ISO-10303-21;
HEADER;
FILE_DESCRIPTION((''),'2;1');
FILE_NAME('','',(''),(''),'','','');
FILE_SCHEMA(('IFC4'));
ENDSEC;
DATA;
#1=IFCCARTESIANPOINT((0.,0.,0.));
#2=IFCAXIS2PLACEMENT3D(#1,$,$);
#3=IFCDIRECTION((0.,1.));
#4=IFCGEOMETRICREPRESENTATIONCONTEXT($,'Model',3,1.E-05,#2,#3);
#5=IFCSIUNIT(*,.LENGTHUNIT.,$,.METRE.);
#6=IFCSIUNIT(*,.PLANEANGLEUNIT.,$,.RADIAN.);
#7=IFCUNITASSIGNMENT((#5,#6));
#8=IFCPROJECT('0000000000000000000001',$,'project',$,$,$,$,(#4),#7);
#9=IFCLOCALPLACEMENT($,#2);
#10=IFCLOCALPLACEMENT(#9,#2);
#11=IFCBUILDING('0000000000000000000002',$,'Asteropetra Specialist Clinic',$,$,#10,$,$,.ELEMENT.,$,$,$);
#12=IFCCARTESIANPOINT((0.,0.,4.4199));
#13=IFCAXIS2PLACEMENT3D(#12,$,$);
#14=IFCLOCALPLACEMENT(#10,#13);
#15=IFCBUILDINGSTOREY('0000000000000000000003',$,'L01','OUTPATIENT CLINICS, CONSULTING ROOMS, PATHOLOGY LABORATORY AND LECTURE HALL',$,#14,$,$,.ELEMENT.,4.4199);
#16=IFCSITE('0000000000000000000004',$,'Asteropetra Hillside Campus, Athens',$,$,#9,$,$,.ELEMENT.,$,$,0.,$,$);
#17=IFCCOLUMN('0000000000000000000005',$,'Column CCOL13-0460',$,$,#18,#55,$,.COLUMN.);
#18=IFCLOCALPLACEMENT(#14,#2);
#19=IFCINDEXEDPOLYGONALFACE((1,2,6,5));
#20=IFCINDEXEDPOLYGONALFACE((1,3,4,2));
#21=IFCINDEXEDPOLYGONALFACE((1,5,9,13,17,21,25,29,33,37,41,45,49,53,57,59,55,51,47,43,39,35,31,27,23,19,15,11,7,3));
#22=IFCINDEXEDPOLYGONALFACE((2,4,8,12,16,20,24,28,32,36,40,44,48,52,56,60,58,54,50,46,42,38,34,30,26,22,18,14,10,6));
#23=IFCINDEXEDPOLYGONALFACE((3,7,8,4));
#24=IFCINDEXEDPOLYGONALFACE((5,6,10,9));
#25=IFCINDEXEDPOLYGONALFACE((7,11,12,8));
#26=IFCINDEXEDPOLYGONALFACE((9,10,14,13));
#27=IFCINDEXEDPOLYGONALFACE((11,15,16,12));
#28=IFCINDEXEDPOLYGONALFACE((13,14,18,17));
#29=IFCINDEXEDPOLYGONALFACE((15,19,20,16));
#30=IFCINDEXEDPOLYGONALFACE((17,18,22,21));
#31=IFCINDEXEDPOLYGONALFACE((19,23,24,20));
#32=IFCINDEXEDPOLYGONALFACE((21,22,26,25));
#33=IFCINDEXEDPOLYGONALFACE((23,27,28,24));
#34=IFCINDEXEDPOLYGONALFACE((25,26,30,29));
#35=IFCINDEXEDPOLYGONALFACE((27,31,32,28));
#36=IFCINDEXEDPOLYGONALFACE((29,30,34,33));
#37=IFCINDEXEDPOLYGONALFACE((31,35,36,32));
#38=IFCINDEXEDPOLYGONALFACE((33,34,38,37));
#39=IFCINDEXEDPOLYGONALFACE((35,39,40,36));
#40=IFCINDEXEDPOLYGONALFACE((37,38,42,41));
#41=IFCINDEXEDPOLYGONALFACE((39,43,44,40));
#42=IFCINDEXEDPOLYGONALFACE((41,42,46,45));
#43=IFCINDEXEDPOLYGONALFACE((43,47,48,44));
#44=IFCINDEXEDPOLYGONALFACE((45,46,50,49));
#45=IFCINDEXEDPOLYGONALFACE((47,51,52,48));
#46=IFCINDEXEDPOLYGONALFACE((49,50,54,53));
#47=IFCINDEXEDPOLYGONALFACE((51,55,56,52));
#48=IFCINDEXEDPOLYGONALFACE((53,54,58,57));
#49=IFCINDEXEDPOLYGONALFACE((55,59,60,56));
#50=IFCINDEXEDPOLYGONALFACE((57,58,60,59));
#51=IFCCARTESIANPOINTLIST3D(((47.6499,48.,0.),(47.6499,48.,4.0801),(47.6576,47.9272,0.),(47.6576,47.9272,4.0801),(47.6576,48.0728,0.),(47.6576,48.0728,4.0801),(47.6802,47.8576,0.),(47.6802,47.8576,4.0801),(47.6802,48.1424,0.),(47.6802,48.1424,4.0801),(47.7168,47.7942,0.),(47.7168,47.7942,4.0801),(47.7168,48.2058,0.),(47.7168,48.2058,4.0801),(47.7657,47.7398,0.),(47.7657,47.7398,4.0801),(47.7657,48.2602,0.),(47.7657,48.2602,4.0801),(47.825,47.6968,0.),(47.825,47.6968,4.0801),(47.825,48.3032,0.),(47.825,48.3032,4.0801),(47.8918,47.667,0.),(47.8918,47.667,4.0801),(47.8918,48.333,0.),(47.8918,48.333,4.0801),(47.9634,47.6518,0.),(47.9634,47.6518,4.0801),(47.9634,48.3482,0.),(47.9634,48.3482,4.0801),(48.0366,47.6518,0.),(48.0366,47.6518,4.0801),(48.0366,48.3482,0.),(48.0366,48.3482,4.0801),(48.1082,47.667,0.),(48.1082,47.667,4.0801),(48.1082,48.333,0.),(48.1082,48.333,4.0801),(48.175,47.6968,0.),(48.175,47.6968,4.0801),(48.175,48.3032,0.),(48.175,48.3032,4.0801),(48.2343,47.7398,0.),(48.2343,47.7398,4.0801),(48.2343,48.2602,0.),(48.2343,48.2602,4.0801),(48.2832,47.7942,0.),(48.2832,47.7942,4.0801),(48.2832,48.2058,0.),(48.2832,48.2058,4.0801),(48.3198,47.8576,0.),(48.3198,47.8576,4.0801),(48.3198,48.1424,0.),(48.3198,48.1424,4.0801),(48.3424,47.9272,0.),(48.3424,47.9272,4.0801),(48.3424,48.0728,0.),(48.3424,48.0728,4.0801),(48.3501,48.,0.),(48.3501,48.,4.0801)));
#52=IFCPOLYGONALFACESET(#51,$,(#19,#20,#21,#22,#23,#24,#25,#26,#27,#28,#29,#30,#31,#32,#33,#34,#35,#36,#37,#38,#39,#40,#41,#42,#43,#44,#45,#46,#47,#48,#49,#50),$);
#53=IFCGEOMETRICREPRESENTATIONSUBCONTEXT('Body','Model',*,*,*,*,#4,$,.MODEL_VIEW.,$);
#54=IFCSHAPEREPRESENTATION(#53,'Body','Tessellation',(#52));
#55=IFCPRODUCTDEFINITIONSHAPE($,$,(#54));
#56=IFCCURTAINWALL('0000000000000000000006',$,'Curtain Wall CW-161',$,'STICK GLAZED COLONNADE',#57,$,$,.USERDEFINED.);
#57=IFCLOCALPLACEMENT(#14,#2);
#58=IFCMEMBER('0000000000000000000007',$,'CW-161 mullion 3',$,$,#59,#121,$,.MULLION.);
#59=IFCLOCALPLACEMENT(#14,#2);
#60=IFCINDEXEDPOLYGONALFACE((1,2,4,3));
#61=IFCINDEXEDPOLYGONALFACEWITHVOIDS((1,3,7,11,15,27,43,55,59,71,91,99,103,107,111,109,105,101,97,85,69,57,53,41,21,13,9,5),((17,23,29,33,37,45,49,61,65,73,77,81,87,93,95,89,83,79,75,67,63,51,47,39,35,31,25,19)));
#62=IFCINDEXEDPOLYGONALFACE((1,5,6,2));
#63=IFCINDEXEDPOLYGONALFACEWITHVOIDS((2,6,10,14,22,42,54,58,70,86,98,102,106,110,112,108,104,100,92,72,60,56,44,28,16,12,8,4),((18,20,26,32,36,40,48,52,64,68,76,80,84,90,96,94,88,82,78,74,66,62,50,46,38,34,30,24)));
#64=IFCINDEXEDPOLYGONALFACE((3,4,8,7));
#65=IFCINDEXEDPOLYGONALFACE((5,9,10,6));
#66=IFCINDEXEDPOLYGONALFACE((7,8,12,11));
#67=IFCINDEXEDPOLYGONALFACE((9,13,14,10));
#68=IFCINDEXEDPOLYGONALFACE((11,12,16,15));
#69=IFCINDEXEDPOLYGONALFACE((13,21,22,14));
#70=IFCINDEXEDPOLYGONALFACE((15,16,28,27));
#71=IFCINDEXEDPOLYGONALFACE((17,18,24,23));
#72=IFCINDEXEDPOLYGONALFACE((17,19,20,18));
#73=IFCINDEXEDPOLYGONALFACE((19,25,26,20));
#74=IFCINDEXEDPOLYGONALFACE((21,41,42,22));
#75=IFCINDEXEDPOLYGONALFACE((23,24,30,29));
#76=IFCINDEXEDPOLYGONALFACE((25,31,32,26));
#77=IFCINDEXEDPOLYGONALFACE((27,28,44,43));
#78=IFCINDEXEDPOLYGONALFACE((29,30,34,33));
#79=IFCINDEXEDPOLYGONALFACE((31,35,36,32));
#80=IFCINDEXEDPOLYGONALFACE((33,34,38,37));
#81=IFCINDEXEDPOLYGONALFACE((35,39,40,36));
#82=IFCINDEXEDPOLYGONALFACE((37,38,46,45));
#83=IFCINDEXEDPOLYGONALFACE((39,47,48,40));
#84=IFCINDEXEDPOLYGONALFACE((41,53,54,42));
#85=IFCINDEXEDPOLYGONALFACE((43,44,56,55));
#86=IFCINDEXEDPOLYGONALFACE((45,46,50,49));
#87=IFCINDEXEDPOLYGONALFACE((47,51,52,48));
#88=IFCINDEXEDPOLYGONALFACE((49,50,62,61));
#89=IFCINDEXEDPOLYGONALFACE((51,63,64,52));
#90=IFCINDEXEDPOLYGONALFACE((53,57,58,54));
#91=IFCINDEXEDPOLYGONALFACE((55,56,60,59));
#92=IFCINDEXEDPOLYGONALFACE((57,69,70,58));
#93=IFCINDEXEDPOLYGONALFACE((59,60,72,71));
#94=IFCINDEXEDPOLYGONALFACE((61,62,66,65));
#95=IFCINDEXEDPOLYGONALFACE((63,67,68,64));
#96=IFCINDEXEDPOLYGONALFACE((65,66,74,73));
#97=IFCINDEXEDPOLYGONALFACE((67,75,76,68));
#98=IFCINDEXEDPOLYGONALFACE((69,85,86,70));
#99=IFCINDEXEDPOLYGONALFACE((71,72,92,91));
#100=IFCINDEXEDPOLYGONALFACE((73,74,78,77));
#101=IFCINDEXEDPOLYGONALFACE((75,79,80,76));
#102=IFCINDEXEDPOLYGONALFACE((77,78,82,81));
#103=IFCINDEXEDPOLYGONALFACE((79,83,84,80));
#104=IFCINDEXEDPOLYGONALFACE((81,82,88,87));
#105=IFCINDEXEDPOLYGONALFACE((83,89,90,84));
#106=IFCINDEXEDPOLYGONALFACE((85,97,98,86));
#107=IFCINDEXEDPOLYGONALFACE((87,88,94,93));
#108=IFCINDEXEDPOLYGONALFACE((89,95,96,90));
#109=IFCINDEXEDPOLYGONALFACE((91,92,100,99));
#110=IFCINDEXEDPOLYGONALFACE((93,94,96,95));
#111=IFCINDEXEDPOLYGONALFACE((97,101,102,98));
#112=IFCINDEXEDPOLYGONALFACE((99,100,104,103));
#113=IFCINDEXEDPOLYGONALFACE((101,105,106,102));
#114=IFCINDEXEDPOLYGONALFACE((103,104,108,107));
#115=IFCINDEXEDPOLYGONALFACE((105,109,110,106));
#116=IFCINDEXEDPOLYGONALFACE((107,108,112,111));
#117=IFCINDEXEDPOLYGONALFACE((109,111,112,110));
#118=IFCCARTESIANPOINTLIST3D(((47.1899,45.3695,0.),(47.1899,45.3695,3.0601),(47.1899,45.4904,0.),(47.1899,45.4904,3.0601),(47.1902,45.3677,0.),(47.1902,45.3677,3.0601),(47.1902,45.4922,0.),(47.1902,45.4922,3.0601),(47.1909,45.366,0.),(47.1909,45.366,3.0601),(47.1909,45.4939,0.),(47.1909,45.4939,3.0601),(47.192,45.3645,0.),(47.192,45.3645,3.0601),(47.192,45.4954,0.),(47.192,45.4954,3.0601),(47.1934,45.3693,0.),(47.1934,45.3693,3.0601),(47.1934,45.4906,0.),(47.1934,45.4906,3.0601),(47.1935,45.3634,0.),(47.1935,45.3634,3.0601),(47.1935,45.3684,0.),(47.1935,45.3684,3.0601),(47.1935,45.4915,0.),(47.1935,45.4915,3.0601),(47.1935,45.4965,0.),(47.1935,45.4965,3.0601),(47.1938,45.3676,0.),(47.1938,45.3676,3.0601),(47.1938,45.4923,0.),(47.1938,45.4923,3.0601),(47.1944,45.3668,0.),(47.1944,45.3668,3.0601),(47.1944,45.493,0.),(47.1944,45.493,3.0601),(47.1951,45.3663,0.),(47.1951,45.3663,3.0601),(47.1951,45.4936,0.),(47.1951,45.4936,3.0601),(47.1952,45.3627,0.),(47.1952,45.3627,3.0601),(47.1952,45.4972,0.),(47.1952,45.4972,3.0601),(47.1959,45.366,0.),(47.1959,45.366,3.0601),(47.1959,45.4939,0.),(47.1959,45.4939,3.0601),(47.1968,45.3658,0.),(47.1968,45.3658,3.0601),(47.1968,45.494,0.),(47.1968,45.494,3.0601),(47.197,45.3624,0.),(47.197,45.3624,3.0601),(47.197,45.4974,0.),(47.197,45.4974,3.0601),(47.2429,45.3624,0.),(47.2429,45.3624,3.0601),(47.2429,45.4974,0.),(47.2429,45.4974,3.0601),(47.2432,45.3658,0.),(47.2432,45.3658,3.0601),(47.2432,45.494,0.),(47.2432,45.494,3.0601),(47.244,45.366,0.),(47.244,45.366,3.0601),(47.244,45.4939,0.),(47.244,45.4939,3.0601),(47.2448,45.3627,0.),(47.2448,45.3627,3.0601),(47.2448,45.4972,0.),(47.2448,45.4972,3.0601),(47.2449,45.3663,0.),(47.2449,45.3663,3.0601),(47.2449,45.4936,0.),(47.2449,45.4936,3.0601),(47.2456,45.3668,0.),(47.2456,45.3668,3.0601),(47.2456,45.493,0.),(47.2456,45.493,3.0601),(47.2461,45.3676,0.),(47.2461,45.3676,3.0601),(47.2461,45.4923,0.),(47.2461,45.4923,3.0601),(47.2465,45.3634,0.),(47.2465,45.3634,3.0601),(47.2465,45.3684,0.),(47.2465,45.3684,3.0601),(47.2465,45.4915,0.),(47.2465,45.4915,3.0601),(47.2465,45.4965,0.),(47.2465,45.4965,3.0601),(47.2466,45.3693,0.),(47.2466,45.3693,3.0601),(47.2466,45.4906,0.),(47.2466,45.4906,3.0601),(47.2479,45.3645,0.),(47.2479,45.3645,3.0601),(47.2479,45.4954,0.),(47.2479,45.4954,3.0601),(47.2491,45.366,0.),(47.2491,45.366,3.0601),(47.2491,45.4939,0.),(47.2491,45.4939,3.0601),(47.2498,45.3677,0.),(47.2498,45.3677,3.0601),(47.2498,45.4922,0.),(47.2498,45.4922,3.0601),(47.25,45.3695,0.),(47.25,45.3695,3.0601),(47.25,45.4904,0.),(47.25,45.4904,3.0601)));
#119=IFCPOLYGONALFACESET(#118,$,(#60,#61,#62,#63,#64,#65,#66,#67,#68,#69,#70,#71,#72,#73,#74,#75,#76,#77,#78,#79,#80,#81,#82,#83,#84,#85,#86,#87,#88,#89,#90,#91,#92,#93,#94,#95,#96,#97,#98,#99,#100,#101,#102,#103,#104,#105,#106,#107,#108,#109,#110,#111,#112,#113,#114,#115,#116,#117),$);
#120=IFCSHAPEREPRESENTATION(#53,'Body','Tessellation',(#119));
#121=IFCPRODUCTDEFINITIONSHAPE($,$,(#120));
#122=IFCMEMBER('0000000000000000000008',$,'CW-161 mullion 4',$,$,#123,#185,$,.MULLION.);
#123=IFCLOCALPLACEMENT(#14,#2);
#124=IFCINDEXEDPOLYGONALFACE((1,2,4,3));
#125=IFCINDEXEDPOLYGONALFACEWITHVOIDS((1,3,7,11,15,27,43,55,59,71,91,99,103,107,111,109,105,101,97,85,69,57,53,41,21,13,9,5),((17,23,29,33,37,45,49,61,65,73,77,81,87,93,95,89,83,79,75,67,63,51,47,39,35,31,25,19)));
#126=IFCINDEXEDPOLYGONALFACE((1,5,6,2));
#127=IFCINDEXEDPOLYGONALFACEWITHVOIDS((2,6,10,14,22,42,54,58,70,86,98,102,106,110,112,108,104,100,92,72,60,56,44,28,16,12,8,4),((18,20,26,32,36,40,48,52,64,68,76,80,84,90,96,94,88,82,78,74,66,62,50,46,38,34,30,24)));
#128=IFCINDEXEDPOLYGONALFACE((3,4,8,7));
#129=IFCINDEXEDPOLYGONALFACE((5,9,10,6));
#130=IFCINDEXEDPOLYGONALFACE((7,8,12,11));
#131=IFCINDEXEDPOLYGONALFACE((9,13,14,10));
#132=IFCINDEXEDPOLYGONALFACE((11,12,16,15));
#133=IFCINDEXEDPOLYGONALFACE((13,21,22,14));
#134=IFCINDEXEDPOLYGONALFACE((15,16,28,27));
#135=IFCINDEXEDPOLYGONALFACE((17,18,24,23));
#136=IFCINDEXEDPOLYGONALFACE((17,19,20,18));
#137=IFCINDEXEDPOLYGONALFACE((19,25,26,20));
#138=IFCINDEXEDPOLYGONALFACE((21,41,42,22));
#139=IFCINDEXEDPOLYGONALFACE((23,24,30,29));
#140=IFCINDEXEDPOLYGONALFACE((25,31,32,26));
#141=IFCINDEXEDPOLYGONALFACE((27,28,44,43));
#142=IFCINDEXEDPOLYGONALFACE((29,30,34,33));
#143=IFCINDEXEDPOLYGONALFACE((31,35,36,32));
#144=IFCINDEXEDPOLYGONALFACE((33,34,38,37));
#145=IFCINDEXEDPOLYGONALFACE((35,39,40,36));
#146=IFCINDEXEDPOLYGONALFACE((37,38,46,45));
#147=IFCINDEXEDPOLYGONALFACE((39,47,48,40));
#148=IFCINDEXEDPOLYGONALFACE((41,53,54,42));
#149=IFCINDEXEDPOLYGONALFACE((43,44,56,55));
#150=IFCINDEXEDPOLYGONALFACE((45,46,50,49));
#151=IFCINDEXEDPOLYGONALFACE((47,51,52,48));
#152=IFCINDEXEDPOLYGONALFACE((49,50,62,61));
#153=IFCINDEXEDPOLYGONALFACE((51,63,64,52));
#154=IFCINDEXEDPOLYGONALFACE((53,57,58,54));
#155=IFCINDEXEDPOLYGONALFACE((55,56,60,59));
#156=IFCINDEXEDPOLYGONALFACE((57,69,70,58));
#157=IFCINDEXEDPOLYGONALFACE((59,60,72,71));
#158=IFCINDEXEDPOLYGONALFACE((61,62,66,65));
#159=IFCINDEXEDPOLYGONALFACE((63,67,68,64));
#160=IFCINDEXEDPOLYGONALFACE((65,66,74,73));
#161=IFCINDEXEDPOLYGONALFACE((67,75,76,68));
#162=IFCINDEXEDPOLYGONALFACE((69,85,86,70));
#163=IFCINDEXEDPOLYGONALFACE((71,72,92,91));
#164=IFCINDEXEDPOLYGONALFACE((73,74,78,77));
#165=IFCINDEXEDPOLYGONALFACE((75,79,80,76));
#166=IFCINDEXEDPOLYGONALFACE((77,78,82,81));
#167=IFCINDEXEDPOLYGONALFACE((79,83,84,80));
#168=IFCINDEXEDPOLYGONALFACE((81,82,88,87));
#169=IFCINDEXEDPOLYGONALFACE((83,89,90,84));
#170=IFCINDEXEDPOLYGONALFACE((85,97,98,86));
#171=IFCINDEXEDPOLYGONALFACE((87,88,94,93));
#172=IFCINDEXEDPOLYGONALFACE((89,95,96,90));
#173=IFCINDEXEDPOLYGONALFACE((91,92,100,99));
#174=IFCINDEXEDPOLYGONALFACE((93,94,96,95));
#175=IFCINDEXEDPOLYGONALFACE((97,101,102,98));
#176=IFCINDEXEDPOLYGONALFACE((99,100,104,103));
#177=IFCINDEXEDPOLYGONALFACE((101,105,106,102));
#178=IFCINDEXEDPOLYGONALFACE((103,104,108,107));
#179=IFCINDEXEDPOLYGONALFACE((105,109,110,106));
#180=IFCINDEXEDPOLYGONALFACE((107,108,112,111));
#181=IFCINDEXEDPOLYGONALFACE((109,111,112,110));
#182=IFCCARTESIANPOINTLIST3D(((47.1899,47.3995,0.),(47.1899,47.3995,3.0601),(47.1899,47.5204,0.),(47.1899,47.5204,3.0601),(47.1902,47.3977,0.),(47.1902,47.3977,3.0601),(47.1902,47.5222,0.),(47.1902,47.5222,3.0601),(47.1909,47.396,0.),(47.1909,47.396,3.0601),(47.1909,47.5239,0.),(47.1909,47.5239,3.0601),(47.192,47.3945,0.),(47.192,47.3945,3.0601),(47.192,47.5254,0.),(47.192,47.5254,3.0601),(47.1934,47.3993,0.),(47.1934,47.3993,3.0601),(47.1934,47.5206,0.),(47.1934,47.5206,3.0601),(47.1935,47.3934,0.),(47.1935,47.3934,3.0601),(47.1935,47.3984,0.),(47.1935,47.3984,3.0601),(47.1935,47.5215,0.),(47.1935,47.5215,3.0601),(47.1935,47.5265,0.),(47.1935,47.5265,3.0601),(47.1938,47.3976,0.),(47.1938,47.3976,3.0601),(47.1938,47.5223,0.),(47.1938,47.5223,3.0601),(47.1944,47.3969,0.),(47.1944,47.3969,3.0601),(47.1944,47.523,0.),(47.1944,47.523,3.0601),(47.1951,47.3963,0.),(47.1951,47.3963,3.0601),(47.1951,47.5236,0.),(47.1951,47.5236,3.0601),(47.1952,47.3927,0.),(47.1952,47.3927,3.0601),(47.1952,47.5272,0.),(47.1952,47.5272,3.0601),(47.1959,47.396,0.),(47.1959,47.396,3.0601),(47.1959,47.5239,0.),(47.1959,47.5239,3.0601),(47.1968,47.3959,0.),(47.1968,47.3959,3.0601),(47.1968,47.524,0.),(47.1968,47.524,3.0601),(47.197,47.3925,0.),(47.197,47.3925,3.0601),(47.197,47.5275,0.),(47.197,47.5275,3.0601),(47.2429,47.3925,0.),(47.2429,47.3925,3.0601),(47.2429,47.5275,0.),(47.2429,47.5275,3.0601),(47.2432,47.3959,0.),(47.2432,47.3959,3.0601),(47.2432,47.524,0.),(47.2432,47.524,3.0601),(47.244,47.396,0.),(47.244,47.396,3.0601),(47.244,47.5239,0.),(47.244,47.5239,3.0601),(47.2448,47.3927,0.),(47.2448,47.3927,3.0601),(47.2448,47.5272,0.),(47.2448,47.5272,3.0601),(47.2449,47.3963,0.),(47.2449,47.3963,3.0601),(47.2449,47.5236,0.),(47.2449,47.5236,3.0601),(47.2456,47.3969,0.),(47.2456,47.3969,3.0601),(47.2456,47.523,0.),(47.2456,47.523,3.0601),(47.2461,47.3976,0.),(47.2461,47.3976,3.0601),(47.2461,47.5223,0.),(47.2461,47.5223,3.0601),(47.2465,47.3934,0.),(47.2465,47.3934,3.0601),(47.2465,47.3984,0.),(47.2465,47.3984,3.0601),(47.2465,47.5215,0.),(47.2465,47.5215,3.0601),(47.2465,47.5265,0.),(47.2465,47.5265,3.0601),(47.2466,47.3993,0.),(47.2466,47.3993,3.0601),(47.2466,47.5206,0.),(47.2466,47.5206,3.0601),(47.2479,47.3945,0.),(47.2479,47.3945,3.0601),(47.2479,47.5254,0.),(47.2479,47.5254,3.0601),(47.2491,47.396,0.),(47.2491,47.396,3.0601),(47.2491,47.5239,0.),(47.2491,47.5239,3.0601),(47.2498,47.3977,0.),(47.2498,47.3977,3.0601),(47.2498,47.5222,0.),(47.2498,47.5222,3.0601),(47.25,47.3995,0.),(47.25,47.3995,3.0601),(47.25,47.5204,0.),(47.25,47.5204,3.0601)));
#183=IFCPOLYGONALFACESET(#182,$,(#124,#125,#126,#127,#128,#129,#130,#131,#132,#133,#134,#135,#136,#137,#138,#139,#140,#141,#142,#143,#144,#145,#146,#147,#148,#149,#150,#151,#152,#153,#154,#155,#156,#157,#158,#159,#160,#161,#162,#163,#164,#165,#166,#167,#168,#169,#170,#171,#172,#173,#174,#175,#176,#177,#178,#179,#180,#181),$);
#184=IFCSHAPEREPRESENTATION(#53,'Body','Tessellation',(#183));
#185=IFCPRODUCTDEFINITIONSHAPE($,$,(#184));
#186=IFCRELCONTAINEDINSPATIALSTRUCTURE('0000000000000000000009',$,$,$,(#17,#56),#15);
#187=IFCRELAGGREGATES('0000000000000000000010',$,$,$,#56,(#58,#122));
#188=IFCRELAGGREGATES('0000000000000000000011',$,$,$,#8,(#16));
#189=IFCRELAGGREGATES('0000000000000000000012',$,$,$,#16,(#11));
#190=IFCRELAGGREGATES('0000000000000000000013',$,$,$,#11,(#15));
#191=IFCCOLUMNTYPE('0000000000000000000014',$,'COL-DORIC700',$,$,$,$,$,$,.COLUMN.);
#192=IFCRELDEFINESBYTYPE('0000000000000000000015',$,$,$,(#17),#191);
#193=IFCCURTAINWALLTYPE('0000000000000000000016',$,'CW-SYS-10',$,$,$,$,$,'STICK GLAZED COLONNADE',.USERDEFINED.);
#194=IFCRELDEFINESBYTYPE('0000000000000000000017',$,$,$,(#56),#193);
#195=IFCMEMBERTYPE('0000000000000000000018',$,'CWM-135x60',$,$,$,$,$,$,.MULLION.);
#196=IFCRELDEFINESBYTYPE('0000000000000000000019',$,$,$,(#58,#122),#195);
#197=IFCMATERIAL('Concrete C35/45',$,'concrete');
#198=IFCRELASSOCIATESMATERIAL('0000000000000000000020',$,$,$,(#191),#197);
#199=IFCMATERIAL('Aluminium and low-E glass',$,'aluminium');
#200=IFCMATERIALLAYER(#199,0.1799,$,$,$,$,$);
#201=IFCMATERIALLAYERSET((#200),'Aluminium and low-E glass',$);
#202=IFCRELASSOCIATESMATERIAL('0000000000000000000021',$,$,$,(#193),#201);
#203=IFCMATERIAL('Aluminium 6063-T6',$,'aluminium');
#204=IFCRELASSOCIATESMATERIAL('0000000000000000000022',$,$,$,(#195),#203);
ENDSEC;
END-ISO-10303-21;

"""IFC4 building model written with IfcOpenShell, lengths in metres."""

from ifc_helpers import new_model, si_unit, direction, frame, origin, origin_2d, place, context, subcontext, project, spatial, hollow_rectangle, circle, extrude, material, layer, layer_set, material_profile, profile_set, type_object, element, aggregate, save


model = new_model("IFC4")

# Units and contexts
model_context = context("Model", 3, precision=1e-05, world=origin(), true_north=direction((0.0, 1.0)))
body_context = subcontext(model_context, "Body", "Model", "MODEL_VIEW")
ifc_project = project(units=[si_unit("LENGTHUNIT", "METRE"), si_unit("PLANEANGLEUNIT", "RADIAN")], contexts=[model_context])

# Site, building, storey
site_placement = place(None, origin())
site = spatial("IfcSite", under=ifc_project, at=site_placement, Name="Asteropetra Hillside Campus, Athens", CompositionType="ELEMENT", RefElevation=0.0)
building_placement = place(site_placement, origin())
building = spatial("IfcBuilding", under=site, at=building_placement, Name="Asteropetra Specialist Clinic", CompositionType="ELEMENT")
storey_placement = place(building_placement, frame((0.0, 0.0, 4.4199)))
storey = spatial("IfcBuildingStorey", under=building, at=storey_placement, Name="L01", Description="OUTPATIENT CLINICS, CONSULTING ROOMS, PATHOLOGY LABORATORY AND LECTURE HALL", CompositionType="ELEMENT", Elevation=4.4199)

# Column
ifc_material_1 = material(Name="Concrete C35/45", Category="concrete")
ifc_material_profile_1 = material_profile(ifc_material_1, circle(Radius=0.3501, at=origin_2d()), Name="RCC D700")
ifc_profile_set_1 = profile_set([ifc_material_profile_1], Name="Concrete C35/45")
column_type = type_object("IfcColumnType", Name="COL-DORIC700", PredefinedType="COLUMN", material=ifc_profile_set_1)
column_placement = place(storey_placement, frame((48.0, 48.0, 0.0), z_axis=(0.0, 0.0, 1.0), x_axis=(1.0, 0.0, 0.0)))
element("IfcColumn", 1, at=column_placement, inside=storey, type_object=column_type, Name="Column CCOL13-0460", PredefinedType="COLUMN", context=body_context, shape_type="SweptSolid", body=[
    extrude(circle(Radius=0.3501, at=origin_2d()), origin(), (0.0, 0.0, 1.0), 4.0801),
])

# Curtain wall, members
ifc_material_2 = material(Name="Aluminium and low-E glass", Category="aluminium")
ifc_layer_1 = layer(ifc_material_2, 0.1799)
ifc_layer_set_1 = layer_set([ifc_layer_1], Name="Aluminium and low-E glass")
curtain_wall_type = type_object("IfcCurtainWallType", Name="CW-SYS-10", ElementType="STICK GLAZED COLONNADE", PredefinedType="USERDEFINED", material=ifc_layer_set_1)
curtain_wall_1_placement = place(storey_placement, origin())
curtain_wall_1 = element("IfcCurtainWall", 2, at=curtain_wall_1_placement, inside=storey, type_object=curtain_wall_type, Name="Curtain Wall CW-161", ObjectType="STICK GLAZED COLONNADE", PredefinedType="USERDEFINED")
ifc_material_3 = material(Name="Aluminium 6063-T6", Category="aluminium")
ifc_material_profile_2 = material_profile(ifc_material_3, hollow_rectangle(XDim=0.0601, YDim=0.135, WallThickness=0.0034, InnerFilletRadius=0.0034, OuterFilletRadius=0.0071, at=origin_2d()), Name="MUL 135x60x3.5")
ifc_profile_set_2 = profile_set([ifc_material_profile_2], Name="Aluminium 6063-T6")
member_type_1 = type_object("IfcMemberType", Name="CWM-135x60", PredefinedType="MULLION", material=ifc_profile_set_2)
member_1_placement = place(storey_placement, frame((47.22, 45.4299, 0.0), z_axis=(0.0, 0.0, 1.0), x_axis=(-1.0, 0.0, 0.0)))
member_1 = element("IfcMember", 3, at=member_1_placement, type_object=member_type_1, Name="CW-161 mullion 3", PredefinedType="MULLION", context=body_context, shape_type="SweptSolid", body=[
    extrude(hollow_rectangle(XDim=0.0601, YDim=0.135, WallThickness=0.0034, InnerFilletRadius=0.0034, OuterFilletRadius=0.0071, at=origin_2d()), origin(), (0.0, 0.0, 1.0), 3.0601),
])
member_2_placement = place(storey_placement, frame((47.22, 47.46, 0.0), z_axis=(0.0, 0.0, 1.0), x_axis=(-1.0, 0.0, 0.0)))
member_2 = element("IfcMember", 4, at=member_2_placement, type_object=member_type_1, Name="CW-161 mullion 4", PredefinedType="MULLION", context=body_context, shape_type="SweptSolid", body=[
    extrude(hollow_rectangle(XDim=0.0601, YDim=0.135, WallThickness=0.0034, InnerFilletRadius=0.0034, OuterFilletRadius=0.0071, at=origin_2d()), origin(), (0.0, 0.0, 1.0), 3.0601),
])

aggregate(curtain_wall_1, [member_1, member_2])

save(model, "model.ifc")
